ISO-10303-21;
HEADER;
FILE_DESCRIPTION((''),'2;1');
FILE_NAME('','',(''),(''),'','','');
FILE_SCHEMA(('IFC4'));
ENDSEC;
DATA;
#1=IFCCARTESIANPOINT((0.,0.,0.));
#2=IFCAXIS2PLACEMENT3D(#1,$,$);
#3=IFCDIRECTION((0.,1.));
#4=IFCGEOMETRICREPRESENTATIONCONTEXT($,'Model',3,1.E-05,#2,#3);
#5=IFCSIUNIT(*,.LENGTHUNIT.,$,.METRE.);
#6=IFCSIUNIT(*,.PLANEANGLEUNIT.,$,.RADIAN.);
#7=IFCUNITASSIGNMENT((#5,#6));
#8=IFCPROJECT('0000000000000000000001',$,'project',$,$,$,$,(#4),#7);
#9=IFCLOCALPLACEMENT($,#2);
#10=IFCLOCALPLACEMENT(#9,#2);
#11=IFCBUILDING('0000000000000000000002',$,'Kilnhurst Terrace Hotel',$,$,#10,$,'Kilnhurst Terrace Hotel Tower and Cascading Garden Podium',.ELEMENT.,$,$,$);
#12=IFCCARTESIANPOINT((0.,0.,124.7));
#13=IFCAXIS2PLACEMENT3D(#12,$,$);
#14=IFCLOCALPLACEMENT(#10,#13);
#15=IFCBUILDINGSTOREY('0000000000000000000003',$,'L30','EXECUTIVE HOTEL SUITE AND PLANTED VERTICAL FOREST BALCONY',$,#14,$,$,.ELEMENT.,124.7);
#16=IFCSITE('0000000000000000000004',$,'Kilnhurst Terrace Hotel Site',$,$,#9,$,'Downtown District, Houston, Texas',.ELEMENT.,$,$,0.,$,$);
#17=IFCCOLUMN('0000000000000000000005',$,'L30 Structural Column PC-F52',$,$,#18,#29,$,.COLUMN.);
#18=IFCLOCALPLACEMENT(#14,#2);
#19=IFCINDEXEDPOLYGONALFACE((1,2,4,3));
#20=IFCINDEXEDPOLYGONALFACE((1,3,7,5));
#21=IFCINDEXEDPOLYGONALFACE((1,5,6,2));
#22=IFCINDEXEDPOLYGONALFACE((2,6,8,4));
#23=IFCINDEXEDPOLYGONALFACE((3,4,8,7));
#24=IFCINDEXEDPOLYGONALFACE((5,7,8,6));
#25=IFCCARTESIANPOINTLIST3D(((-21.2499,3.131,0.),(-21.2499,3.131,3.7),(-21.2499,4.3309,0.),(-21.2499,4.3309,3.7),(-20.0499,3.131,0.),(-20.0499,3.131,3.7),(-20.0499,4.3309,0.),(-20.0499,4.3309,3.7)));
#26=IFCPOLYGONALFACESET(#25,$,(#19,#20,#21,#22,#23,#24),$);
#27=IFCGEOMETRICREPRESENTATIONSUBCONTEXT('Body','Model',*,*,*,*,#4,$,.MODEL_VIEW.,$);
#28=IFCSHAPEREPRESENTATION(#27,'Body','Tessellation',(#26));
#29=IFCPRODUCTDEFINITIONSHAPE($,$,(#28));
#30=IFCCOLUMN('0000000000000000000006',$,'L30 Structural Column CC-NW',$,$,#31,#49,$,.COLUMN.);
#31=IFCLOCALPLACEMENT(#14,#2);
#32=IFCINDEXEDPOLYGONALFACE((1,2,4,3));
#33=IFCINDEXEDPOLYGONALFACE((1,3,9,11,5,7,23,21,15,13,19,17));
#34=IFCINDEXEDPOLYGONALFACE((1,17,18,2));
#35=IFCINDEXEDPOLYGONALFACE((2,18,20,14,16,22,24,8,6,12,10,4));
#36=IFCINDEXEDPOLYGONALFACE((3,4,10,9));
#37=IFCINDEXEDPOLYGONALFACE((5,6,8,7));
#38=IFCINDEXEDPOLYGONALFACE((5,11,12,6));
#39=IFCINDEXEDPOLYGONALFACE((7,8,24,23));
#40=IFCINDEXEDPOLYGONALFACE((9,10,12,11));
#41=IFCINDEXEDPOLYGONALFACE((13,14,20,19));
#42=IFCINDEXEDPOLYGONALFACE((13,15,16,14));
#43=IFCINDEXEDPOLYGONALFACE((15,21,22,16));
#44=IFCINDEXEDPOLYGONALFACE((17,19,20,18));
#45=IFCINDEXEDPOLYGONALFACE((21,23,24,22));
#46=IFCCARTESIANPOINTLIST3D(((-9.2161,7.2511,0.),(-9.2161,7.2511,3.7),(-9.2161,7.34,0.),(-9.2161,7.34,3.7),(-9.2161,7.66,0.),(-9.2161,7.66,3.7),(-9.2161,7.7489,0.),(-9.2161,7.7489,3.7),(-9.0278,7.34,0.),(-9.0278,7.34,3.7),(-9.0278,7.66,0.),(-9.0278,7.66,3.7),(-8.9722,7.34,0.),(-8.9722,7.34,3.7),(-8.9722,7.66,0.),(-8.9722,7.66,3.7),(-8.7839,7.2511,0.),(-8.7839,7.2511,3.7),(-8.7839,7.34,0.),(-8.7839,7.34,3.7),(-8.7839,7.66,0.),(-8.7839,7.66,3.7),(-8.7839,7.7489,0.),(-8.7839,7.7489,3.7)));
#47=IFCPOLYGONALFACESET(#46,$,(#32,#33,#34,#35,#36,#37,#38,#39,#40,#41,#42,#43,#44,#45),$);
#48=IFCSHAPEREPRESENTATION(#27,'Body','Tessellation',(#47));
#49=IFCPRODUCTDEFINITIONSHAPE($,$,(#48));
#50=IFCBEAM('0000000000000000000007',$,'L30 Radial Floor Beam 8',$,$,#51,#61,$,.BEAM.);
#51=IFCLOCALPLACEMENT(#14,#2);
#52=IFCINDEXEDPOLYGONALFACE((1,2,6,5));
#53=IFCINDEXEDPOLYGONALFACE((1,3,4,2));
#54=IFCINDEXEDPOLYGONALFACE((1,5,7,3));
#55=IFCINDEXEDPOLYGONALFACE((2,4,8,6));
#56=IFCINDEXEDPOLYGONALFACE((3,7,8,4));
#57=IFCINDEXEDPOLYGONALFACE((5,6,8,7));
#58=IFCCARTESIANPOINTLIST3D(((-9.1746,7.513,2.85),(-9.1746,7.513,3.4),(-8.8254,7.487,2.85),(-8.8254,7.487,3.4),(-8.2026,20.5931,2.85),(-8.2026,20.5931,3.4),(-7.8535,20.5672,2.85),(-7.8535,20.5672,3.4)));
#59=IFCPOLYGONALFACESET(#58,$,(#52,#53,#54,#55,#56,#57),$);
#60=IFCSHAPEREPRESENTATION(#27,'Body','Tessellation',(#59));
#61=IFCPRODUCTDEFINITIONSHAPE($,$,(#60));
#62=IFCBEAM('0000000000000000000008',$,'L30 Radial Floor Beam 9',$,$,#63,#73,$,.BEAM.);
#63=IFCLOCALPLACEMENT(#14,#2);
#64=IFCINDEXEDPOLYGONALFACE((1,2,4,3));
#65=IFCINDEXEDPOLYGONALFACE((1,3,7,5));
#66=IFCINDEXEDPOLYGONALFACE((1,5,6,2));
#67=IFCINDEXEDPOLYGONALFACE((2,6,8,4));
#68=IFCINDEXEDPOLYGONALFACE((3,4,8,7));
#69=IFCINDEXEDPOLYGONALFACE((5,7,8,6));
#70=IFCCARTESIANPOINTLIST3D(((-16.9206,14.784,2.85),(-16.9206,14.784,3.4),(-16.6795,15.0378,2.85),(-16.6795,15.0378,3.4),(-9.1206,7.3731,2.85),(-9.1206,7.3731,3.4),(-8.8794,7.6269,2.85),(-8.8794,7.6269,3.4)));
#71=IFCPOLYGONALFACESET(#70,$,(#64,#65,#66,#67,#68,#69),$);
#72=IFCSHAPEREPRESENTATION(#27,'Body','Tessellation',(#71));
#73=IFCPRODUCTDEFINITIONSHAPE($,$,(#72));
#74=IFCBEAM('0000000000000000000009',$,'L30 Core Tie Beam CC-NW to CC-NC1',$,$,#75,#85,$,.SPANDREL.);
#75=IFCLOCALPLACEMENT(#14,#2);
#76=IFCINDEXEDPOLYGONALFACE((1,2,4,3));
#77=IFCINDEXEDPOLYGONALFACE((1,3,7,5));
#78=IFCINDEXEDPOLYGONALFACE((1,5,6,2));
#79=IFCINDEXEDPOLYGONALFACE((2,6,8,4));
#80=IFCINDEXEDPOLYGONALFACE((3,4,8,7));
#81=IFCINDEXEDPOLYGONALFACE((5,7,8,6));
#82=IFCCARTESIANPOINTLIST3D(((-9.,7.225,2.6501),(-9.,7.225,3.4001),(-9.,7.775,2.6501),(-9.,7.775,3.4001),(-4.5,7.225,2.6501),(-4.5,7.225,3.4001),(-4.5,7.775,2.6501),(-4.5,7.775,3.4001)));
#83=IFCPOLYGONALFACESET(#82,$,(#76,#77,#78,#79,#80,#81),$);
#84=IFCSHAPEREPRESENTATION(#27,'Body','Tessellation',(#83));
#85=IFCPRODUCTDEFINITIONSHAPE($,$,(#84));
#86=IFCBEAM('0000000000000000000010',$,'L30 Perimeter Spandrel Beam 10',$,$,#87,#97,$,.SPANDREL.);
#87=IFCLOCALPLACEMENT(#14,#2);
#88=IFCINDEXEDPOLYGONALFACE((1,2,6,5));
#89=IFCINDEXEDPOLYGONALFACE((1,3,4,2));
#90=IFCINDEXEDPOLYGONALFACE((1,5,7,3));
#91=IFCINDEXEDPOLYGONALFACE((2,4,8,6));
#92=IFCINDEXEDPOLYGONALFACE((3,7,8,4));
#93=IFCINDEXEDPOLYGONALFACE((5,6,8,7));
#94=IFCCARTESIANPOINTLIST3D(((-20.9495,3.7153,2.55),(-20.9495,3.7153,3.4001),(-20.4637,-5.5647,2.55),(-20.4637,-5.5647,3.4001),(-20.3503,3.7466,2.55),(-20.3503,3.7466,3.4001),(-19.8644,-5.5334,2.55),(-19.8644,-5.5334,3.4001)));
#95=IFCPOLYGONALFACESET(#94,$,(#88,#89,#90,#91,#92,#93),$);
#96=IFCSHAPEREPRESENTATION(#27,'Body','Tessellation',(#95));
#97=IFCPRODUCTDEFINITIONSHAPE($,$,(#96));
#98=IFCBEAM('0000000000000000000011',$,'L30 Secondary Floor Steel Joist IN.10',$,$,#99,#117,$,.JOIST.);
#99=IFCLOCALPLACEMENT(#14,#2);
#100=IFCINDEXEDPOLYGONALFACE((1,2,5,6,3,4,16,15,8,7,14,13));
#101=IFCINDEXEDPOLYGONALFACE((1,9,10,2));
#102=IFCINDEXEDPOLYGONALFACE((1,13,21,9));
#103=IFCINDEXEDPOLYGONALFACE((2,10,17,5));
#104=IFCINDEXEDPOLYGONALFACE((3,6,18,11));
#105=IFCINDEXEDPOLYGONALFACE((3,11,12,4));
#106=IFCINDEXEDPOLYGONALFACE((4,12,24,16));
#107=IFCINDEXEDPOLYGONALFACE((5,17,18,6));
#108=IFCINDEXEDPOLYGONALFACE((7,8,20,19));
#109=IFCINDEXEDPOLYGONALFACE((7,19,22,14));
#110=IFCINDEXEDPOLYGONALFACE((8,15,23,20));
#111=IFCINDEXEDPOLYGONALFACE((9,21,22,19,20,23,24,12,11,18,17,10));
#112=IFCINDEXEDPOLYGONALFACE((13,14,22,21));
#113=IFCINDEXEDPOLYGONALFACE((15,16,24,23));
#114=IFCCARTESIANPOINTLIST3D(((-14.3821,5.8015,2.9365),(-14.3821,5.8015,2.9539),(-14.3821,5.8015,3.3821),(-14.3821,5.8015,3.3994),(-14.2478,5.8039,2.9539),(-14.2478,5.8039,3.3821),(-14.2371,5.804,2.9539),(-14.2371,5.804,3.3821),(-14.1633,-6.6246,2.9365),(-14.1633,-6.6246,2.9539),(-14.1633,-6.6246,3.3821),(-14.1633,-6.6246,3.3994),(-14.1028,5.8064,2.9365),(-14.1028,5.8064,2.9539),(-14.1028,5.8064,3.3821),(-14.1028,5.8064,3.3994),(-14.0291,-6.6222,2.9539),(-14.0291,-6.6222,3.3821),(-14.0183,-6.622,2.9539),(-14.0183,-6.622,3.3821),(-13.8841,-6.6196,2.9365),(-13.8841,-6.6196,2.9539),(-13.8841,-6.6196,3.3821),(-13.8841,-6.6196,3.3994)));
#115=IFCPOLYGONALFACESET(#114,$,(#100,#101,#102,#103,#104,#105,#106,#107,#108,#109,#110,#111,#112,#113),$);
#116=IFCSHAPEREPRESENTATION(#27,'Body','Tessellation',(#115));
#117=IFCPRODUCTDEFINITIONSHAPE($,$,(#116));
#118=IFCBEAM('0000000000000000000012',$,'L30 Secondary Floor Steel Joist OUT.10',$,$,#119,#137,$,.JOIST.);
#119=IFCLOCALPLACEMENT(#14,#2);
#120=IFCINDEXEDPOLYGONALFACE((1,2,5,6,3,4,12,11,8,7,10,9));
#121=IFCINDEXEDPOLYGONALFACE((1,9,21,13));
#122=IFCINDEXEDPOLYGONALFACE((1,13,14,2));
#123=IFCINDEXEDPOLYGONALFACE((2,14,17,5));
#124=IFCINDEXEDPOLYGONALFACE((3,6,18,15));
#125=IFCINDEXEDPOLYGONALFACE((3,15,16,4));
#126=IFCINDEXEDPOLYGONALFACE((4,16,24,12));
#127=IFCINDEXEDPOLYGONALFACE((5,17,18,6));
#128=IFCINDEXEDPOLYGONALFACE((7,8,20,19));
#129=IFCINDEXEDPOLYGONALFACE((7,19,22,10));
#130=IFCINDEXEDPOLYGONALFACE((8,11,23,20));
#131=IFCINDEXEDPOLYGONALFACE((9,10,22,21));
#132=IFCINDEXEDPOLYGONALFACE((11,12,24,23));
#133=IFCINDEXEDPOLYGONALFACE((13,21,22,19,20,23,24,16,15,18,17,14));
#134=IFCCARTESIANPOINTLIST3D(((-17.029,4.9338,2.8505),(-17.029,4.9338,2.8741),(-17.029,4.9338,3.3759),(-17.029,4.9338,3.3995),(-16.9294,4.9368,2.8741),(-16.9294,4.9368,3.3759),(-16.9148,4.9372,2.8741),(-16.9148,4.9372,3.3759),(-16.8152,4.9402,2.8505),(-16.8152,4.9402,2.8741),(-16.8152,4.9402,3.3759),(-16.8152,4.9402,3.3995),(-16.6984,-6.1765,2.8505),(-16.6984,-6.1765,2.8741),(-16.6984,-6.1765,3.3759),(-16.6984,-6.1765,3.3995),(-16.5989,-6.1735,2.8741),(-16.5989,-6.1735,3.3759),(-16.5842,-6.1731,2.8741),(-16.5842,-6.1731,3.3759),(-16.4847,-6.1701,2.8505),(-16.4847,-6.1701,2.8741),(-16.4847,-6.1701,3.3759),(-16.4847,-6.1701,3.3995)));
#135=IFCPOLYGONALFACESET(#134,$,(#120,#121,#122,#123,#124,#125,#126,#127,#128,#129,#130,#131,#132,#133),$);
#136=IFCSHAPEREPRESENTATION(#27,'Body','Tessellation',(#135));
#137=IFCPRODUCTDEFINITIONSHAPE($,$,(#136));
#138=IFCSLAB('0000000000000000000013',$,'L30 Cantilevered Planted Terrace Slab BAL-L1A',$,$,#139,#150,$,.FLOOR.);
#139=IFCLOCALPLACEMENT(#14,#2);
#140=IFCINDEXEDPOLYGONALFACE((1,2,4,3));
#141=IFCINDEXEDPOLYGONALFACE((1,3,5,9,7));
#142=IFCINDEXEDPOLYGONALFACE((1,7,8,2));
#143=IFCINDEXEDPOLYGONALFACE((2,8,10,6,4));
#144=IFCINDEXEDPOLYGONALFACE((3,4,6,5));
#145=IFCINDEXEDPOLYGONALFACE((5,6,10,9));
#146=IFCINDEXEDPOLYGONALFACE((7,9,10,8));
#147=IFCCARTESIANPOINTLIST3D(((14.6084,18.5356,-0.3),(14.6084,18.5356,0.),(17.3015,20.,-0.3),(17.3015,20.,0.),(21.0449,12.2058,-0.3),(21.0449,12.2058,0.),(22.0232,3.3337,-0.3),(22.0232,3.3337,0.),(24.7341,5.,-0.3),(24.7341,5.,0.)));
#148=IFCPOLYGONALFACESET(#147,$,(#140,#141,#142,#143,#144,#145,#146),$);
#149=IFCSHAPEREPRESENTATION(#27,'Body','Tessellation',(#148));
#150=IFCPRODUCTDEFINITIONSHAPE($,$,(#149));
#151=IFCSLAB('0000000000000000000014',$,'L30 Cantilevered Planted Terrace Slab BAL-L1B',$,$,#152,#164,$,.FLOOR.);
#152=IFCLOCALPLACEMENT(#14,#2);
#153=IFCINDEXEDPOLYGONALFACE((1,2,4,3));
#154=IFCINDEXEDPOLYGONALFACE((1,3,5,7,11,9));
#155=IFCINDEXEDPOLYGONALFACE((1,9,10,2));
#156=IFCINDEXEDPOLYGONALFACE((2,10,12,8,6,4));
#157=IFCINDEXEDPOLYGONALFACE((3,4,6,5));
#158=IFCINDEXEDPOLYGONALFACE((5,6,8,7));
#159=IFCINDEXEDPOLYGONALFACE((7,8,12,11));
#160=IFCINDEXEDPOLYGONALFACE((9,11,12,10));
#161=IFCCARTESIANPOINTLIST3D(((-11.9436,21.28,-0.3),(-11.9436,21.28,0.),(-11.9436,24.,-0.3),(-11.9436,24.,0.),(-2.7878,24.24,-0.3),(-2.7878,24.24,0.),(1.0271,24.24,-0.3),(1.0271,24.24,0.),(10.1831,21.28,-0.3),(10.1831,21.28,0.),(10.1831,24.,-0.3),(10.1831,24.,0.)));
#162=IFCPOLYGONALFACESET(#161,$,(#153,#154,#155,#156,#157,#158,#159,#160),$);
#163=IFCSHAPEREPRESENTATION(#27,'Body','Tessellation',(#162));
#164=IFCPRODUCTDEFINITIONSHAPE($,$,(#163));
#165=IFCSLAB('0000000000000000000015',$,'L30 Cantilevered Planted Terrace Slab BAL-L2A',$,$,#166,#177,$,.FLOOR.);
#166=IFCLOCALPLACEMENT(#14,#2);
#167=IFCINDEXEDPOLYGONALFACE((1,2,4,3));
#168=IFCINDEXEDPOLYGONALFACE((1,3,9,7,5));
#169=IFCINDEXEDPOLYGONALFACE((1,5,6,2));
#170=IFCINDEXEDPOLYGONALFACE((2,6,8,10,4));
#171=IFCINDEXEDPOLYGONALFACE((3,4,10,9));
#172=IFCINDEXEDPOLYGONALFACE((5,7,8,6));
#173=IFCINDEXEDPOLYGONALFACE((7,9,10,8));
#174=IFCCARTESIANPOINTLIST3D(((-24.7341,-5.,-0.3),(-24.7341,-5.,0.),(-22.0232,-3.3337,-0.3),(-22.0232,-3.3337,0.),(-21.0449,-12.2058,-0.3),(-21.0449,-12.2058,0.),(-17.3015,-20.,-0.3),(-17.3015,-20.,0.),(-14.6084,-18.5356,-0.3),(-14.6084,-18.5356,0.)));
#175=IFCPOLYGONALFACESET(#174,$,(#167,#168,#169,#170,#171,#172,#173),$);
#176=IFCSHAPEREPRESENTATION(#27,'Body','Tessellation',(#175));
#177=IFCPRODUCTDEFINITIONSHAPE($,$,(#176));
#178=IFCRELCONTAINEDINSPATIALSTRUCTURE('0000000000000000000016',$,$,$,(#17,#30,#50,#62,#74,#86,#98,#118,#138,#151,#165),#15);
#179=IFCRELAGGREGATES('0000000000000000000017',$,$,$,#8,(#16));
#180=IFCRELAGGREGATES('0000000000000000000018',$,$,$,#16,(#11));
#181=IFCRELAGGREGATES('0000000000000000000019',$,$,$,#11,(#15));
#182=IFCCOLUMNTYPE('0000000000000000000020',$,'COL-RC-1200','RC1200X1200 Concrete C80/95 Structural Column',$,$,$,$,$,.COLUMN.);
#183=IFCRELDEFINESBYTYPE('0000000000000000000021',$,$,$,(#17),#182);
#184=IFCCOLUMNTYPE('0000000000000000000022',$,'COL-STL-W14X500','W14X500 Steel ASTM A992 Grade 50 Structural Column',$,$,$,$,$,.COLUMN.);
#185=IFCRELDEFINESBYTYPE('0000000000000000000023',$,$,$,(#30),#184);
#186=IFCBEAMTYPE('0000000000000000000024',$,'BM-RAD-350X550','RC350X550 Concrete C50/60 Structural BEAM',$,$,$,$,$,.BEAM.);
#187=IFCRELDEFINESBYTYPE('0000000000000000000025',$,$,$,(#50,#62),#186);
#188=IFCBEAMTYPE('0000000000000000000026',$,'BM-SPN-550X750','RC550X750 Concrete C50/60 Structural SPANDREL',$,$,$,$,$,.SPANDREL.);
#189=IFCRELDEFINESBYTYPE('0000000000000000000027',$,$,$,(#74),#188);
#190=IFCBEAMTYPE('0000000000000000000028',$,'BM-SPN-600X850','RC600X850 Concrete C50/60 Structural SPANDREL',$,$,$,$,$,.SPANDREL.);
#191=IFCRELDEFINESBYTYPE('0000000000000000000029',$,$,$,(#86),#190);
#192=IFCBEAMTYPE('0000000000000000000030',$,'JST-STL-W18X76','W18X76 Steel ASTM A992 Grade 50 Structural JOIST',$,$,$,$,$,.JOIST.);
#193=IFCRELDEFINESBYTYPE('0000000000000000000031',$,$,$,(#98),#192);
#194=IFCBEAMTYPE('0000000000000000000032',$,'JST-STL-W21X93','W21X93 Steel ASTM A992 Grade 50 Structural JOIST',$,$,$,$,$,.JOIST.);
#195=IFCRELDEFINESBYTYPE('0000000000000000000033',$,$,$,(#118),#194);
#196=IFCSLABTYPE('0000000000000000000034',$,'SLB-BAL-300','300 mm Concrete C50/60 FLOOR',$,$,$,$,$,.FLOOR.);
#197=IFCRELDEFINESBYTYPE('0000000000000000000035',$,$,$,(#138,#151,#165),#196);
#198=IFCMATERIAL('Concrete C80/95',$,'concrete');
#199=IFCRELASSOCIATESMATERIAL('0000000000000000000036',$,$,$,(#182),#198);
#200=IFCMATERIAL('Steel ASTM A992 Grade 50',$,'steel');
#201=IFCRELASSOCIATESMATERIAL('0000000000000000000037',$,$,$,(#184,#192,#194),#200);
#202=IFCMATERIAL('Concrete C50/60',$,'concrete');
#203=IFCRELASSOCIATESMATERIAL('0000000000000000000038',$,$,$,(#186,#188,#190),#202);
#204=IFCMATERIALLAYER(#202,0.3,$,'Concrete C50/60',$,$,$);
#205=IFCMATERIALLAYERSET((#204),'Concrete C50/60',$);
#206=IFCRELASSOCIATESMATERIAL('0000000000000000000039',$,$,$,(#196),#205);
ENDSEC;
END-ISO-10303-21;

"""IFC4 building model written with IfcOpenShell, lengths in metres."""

from ifc_helpers import new_model, si_unit, direction, frame, origin, origin_2d, place, context, subcontext, project, spatial, polyline, rectangle, i_section, outline, extrude, material, layer, layer_set, material_profile, profile_set, type_object, element, save


model = new_model("IFC4")

# Units and contexts
model_context = context("Model", 3, precision=1e-05, world=origin(), true_north=direction((0.0, 1.0)))
body_context = subcontext(model_context, "Body", "Model", "MODEL_VIEW")
ifc_project = project(units=[si_unit("LENGTHUNIT", "METRE"), si_unit("PLANEANGLEUNIT", "RADIAN")], contexts=[model_context])

# Site, building, storey
site_placement = place(None, origin())
site = spatial("IfcSite", under=ifc_project, at=site_placement, Name="Kilnhurst Terrace Hotel Site", LongName="Downtown District, Houston, Texas", CompositionType="ELEMENT", RefElevation=0.0)
building_placement = place(site_placement, origin())
building = spatial("IfcBuilding", under=site, at=building_placement, Name="Kilnhurst Terrace Hotel", LongName="Kilnhurst Terrace Hotel Tower and Cascading Garden Podium", CompositionType="ELEMENT")
storey_placement = place(building_placement, frame((0.0, 0.0, 124.7)))
storey = spatial("IfcBuildingStorey", under=building, at=storey_placement, Name="L30", Description="EXECUTIVE HOTEL SUITE AND PLANTED VERTICAL FOREST BALCONY", CompositionType="ELEMENT", Elevation=124.7)

# Columns
ifc_material_1 = material(Name="Concrete C80/95", Category="concrete")
ifc_material_profile_1 = material_profile(ifc_material_1, rectangle(XDim=1.2, YDim=1.2, at=origin_2d()), Name="RC1200X1200")
ifc_profile_set_1 = profile_set([ifc_material_profile_1], Name="Concrete C80/95")
column_type_1 = type_object("IfcColumnType", Name="COL-RC-1200", Description="RC1200X1200 Concrete C80/95 Structural Column", PredefinedType="COLUMN", material=ifc_profile_set_1)
column_1_placement = place(storey_placement, frame((-20.6499, 3.731, 0.0), z_axis=(0.0, 0.0, 1.0), x_axis=(1.0, 0.0, 0.0)))
element("IfcColumn", 1, at=column_1_placement, inside=storey, type_object=column_type_1, Name="L30 Structural Column PC-F52", PredefinedType="COLUMN", context=body_context, shape_type="SweptSolid", body=[
    extrude(rectangle(XDim=1.2, YDim=1.2, at=origin_2d()), origin(), (0.0, 0.0, 1.0), 3.7),
])
ifc_material_2 = material(Name="Steel ASTM A992 Grade 50", Category="steel")
ifc_material_profile_2 = material_profile(ifc_material_2, i_section(OverallWidth=0.4321, OverallDepth=0.4978, WebThickness=0.0557, FlangeThickness=0.0889, at=origin_2d()), Name="W14X500")
ifc_profile_set_2 = profile_set([ifc_material_profile_2], Name="Steel ASTM A992 Grade 50")
column_type_2 = type_object("IfcColumnType", Name="COL-STL-W14X500", Description="W14X500 Steel ASTM A992 Grade 50 Structural Column", PredefinedType="COLUMN", material=ifc_profile_set_2)
column_2_placement = place(storey_placement, frame((-9.0, 7.5, 0.0), z_axis=(0.0, 0.0, 1.0), x_axis=(1.0, 0.0, 0.0)))
element("IfcColumn", 2, at=column_2_placement, inside=storey, type_object=column_type_2, Name="L30 Structural Column CC-NW", PredefinedType="COLUMN", context=body_context, shape_type="SweptSolid", body=[
    extrude(i_section(OverallWidth=0.4321, OverallDepth=0.4978, WebThickness=0.0557, FlangeThickness=0.0889, at=origin_2d()), origin(), (0.0, 0.0, 1.0), 3.7),
])

# Beams
ifc_material_3 = material(Name="Concrete C50/60", Category="concrete")
ifc_material_profile_3 = material_profile(ifc_material_3, rectangle(XDim=0.3501, YDim=0.55, at=origin_2d()), Name="RC350X550")
ifc_profile_set_3 = profile_set([ifc_material_profile_3], Name="Concrete C50/60")
beam_type_1 = type_object("IfcBeamType", Name="BM-RAD-350X550", Description="RC350X550 Concrete C50/60 Structural BEAM", PredefinedType="BEAM", material=ifc_profile_set_3)
beam_1_placement = place(storey_placement, frame((-9.0, 7.5, 3.125), z_axis=(0.074101, 0.997251, 0.0), x_axis=(-0.997251, 0.074101, 0.0)))
element("IfcBeam", 3, at=beam_1_placement, inside=storey, type_object=beam_type_1, Name="L30 Radial Floor Beam 8", PredefinedType="BEAM", context=body_context, shape_type="SweptSolid", body=[
    extrude(rectangle(XDim=0.3501, YDim=0.55, at=origin_2d()), origin(), (0.0, 0.0, 1.0), 13.1162),
])
beam_2_placement = place(storey_placement, frame((-9.0, 7.5, 3.125), z_axis=(-0.72496, 0.688791, 0.0), x_axis=(-0.688791, -0.72496, 0.0)))
element("IfcBeam", 4, at=beam_2_placement, inside=storey, type_object=beam_type_1, Name="L30 Radial Floor Beam 9", PredefinedType="BEAM", context=body_context, shape_type="SweptSolid", body=[
    extrude(rectangle(XDim=0.3501, YDim=0.55, at=origin_2d()), origin(), (0.0, 0.0, 1.0), 10.7593),
])
ifc_material_profile_4 = material_profile(ifc_material_3, rectangle(XDim=0.55, YDim=0.75, at=origin_2d()), Name="RC550X750")
ifc_profile_set_4 = profile_set([ifc_material_profile_4], Name="Concrete C50/60")
beam_type_2 = type_object("IfcBeamType", Name="BM-SPN-550X750", Description="RC550X750 Concrete C50/60 Structural SPANDREL", PredefinedType="SPANDREL", material=ifc_profile_set_4)
beam_3_placement = place(storey_placement, frame((-9.0, 7.5, 3.0251), z_axis=(1.0, 0.0, 0.0), x_axis=(0.0, 1.0, 0.0)))
element("IfcBeam", 5, at=beam_3_placement, inside=storey, type_object=beam_type_2, Name="L30 Core Tie Beam CC-NW to CC-NC1", PredefinedType="SPANDREL", context=body_context, shape_type="SweptSolid", body=[
    extrude(rectangle(XDim=0.55, YDim=0.75, at=origin_2d()), origin(), (0.0, 0.0, 1.0), 4.5),
])
ifc_material_profile_5 = material_profile(ifc_material_3, rectangle(XDim=0.6001, YDim=0.8501, at=origin_2d()), Name="RC600X850")
ifc_profile_set_5 = profile_set([ifc_material_profile_5], Name="Concrete C50/60")
beam_type_3 = type_object("IfcBeamType", Name="BM-SPN-600X850", Description="RC600X850 Concrete C50/60 Structural SPANDREL", PredefinedType="SPANDREL", material=ifc_profile_set_5)
beam_4_placement = place(storey_placement, frame((-20.6499, 3.731, 2.9751), z_axis=(0.052282, -0.998632, 0.0), x_axis=(0.998632, 0.052282, 0.0)))
element("IfcBeam", 6, at=beam_4_placement, inside=storey, type_object=beam_type_3, Name="L30 Perimeter Spandrel Beam 10", PredefinedType="SPANDREL", context=body_context, shape_type="SweptSolid", body=[
    extrude(rectangle(XDim=0.6001, YDim=0.8501, at=origin_2d()), origin(), (0.0, 0.0, 1.0), 9.2927),
])
ifc_material_profile_6 = material_profile(ifc_material_2, i_section(OverallWidth=0.2793, OverallDepth=0.4629, WebThickness=0.0107, FlangeThickness=0.0173, at=origin_2d()), Name="W18X76")
ifc_profile_set_6 = profile_set([ifc_material_profile_6], Name="Steel ASTM A992 Grade 50")
beam_type_4 = type_object("IfcBeamType", Name="JST-STL-W18X76", Description="W18X76 Steel ASTM A992 Grade 50 Structural JOIST", PredefinedType="JOIST", material=ifc_profile_set_6)
beam_5_placement = place(storey_placement, frame((-14.2424, 5.804, 3.168), z_axis=(0.017601, -0.999845, 0.0), x_axis=(0.999845, 0.017601, 0.0)))
element("IfcBeam", 7, at=beam_5_placement, inside=storey, type_object=beam_type_4, Name="L30 Secondary Floor Steel Joist IN.10", PredefinedType="JOIST", context=body_context, shape_type="SweptSolid", body=[
    extrude(i_section(OverallWidth=0.2793, OverallDepth=0.4629, WebThickness=0.0107, FlangeThickness=0.0173, at=origin_2d()), origin(), (0.0, 0.0, 1.0), 12.428),
])
ifc_material_profile_7 = material_profile(ifc_material_2, i_section(OverallWidth=0.2139, OverallDepth=0.5491, WebThickness=0.0146, FlangeThickness=0.0237, at=origin_2d()), Name="W21X93")
ifc_profile_set_7 = profile_set([ifc_material_profile_7], Name="Steel ASTM A992 Grade 50")
beam_type_5 = type_object("IfcBeamType", Name="JST-STL-W21X93", Description="W21X93 Steel ASTM A992 Grade 50 Structural JOIST", PredefinedType="JOIST", material=ifc_profile_set_7)
beam_6_placement = place(storey_placement, frame((-16.9221, 4.937, 3.125), z_axis=(0.02974, -0.999558, 0.0), x_axis=(0.999558, 0.02974, 0.0)))
element("IfcBeam", 8, at=beam_6_placement, inside=storey, type_object=beam_type_5, Name="L30 Secondary Floor Steel Joist OUT.10", PredefinedType="JOIST", context=body_context, shape_type="SweptSolid", body=[
    extrude(i_section(OverallWidth=0.2139, OverallDepth=0.5491, WebThickness=0.0146, FlangeThickness=0.0237, at=origin_2d()), origin(), (0.0, 0.0, 1.0), 11.1152),
])

# Slabs
ifc_layer_1 = layer(ifc_material_3, 0.3, Name="Concrete C50/60")
ifc_layer_set_1 = layer_set([ifc_layer_1], Name="Concrete C50/60")
slab_type = type_object("IfcSlabType", Name="SLB-BAL-300", Description="300 mm Concrete C50/60 FLOOR", PredefinedType="FLOOR", material=ifc_layer_set_1)
slab_1_placement = place(storey_placement, frame((0.0, 0.0, -0.3)))
element("IfcSlab", 9, at=slab_1_placement, inside=storey, type_object=slab_type, Name="L30 Cantilevered Planted Terrace Slab BAL-L1A", PredefinedType="FLOOR", context=body_context, shape_type="SweptSolid", body=[
    extrude(outline(polyline([(21.0449, 12.2058), (24.7341, 5.0), (22.0232, 3.3337), (14.6084, 18.5356), (17.3015, 20.0), (21.0449, 12.2058)])), origin(), (0.0, 0.0, 1.0), 0.3),
])
slab_2_placement = place(storey_placement, frame((0.0, 0.0, -0.3)))
element("IfcSlab", 10, at=slab_2_placement, inside=storey, type_object=slab_type, Name="L30 Cantilevered Planted Terrace Slab BAL-L1B", PredefinedType="FLOOR", context=body_context, shape_type="SweptSolid", body=[
    extrude(outline(polyline([(1.0271, 24.24), (10.1831, 24.0), (10.1831, 21.28), (-11.9436, 21.28), (-11.9436, 24.0), (-2.7878, 24.24), (1.0271, 24.24)])), origin(), (0.0, 0.0, 1.0), 0.3),
])
slab_3_placement = place(storey_placement, frame((0.0, 0.0, -0.3)))
element("IfcSlab", 11, at=slab_3_placement, inside=storey, type_object=slab_type, Name="L30 Cantilevered Planted Terrace Slab BAL-L2A", PredefinedType="FLOOR", context=body_context, shape_type="SweptSolid", body=[
    extrude(outline(polyline([(-24.7341, -5.0), (-22.0232, -3.3337), (-14.6084, -18.5356), (-17.3015, -20.0), (-21.0449, -12.2058), (-24.7341, -5.0)])), origin(), (0.0, 0.0, 1.0), 0.3),
])

save(model, "model.ifc")
